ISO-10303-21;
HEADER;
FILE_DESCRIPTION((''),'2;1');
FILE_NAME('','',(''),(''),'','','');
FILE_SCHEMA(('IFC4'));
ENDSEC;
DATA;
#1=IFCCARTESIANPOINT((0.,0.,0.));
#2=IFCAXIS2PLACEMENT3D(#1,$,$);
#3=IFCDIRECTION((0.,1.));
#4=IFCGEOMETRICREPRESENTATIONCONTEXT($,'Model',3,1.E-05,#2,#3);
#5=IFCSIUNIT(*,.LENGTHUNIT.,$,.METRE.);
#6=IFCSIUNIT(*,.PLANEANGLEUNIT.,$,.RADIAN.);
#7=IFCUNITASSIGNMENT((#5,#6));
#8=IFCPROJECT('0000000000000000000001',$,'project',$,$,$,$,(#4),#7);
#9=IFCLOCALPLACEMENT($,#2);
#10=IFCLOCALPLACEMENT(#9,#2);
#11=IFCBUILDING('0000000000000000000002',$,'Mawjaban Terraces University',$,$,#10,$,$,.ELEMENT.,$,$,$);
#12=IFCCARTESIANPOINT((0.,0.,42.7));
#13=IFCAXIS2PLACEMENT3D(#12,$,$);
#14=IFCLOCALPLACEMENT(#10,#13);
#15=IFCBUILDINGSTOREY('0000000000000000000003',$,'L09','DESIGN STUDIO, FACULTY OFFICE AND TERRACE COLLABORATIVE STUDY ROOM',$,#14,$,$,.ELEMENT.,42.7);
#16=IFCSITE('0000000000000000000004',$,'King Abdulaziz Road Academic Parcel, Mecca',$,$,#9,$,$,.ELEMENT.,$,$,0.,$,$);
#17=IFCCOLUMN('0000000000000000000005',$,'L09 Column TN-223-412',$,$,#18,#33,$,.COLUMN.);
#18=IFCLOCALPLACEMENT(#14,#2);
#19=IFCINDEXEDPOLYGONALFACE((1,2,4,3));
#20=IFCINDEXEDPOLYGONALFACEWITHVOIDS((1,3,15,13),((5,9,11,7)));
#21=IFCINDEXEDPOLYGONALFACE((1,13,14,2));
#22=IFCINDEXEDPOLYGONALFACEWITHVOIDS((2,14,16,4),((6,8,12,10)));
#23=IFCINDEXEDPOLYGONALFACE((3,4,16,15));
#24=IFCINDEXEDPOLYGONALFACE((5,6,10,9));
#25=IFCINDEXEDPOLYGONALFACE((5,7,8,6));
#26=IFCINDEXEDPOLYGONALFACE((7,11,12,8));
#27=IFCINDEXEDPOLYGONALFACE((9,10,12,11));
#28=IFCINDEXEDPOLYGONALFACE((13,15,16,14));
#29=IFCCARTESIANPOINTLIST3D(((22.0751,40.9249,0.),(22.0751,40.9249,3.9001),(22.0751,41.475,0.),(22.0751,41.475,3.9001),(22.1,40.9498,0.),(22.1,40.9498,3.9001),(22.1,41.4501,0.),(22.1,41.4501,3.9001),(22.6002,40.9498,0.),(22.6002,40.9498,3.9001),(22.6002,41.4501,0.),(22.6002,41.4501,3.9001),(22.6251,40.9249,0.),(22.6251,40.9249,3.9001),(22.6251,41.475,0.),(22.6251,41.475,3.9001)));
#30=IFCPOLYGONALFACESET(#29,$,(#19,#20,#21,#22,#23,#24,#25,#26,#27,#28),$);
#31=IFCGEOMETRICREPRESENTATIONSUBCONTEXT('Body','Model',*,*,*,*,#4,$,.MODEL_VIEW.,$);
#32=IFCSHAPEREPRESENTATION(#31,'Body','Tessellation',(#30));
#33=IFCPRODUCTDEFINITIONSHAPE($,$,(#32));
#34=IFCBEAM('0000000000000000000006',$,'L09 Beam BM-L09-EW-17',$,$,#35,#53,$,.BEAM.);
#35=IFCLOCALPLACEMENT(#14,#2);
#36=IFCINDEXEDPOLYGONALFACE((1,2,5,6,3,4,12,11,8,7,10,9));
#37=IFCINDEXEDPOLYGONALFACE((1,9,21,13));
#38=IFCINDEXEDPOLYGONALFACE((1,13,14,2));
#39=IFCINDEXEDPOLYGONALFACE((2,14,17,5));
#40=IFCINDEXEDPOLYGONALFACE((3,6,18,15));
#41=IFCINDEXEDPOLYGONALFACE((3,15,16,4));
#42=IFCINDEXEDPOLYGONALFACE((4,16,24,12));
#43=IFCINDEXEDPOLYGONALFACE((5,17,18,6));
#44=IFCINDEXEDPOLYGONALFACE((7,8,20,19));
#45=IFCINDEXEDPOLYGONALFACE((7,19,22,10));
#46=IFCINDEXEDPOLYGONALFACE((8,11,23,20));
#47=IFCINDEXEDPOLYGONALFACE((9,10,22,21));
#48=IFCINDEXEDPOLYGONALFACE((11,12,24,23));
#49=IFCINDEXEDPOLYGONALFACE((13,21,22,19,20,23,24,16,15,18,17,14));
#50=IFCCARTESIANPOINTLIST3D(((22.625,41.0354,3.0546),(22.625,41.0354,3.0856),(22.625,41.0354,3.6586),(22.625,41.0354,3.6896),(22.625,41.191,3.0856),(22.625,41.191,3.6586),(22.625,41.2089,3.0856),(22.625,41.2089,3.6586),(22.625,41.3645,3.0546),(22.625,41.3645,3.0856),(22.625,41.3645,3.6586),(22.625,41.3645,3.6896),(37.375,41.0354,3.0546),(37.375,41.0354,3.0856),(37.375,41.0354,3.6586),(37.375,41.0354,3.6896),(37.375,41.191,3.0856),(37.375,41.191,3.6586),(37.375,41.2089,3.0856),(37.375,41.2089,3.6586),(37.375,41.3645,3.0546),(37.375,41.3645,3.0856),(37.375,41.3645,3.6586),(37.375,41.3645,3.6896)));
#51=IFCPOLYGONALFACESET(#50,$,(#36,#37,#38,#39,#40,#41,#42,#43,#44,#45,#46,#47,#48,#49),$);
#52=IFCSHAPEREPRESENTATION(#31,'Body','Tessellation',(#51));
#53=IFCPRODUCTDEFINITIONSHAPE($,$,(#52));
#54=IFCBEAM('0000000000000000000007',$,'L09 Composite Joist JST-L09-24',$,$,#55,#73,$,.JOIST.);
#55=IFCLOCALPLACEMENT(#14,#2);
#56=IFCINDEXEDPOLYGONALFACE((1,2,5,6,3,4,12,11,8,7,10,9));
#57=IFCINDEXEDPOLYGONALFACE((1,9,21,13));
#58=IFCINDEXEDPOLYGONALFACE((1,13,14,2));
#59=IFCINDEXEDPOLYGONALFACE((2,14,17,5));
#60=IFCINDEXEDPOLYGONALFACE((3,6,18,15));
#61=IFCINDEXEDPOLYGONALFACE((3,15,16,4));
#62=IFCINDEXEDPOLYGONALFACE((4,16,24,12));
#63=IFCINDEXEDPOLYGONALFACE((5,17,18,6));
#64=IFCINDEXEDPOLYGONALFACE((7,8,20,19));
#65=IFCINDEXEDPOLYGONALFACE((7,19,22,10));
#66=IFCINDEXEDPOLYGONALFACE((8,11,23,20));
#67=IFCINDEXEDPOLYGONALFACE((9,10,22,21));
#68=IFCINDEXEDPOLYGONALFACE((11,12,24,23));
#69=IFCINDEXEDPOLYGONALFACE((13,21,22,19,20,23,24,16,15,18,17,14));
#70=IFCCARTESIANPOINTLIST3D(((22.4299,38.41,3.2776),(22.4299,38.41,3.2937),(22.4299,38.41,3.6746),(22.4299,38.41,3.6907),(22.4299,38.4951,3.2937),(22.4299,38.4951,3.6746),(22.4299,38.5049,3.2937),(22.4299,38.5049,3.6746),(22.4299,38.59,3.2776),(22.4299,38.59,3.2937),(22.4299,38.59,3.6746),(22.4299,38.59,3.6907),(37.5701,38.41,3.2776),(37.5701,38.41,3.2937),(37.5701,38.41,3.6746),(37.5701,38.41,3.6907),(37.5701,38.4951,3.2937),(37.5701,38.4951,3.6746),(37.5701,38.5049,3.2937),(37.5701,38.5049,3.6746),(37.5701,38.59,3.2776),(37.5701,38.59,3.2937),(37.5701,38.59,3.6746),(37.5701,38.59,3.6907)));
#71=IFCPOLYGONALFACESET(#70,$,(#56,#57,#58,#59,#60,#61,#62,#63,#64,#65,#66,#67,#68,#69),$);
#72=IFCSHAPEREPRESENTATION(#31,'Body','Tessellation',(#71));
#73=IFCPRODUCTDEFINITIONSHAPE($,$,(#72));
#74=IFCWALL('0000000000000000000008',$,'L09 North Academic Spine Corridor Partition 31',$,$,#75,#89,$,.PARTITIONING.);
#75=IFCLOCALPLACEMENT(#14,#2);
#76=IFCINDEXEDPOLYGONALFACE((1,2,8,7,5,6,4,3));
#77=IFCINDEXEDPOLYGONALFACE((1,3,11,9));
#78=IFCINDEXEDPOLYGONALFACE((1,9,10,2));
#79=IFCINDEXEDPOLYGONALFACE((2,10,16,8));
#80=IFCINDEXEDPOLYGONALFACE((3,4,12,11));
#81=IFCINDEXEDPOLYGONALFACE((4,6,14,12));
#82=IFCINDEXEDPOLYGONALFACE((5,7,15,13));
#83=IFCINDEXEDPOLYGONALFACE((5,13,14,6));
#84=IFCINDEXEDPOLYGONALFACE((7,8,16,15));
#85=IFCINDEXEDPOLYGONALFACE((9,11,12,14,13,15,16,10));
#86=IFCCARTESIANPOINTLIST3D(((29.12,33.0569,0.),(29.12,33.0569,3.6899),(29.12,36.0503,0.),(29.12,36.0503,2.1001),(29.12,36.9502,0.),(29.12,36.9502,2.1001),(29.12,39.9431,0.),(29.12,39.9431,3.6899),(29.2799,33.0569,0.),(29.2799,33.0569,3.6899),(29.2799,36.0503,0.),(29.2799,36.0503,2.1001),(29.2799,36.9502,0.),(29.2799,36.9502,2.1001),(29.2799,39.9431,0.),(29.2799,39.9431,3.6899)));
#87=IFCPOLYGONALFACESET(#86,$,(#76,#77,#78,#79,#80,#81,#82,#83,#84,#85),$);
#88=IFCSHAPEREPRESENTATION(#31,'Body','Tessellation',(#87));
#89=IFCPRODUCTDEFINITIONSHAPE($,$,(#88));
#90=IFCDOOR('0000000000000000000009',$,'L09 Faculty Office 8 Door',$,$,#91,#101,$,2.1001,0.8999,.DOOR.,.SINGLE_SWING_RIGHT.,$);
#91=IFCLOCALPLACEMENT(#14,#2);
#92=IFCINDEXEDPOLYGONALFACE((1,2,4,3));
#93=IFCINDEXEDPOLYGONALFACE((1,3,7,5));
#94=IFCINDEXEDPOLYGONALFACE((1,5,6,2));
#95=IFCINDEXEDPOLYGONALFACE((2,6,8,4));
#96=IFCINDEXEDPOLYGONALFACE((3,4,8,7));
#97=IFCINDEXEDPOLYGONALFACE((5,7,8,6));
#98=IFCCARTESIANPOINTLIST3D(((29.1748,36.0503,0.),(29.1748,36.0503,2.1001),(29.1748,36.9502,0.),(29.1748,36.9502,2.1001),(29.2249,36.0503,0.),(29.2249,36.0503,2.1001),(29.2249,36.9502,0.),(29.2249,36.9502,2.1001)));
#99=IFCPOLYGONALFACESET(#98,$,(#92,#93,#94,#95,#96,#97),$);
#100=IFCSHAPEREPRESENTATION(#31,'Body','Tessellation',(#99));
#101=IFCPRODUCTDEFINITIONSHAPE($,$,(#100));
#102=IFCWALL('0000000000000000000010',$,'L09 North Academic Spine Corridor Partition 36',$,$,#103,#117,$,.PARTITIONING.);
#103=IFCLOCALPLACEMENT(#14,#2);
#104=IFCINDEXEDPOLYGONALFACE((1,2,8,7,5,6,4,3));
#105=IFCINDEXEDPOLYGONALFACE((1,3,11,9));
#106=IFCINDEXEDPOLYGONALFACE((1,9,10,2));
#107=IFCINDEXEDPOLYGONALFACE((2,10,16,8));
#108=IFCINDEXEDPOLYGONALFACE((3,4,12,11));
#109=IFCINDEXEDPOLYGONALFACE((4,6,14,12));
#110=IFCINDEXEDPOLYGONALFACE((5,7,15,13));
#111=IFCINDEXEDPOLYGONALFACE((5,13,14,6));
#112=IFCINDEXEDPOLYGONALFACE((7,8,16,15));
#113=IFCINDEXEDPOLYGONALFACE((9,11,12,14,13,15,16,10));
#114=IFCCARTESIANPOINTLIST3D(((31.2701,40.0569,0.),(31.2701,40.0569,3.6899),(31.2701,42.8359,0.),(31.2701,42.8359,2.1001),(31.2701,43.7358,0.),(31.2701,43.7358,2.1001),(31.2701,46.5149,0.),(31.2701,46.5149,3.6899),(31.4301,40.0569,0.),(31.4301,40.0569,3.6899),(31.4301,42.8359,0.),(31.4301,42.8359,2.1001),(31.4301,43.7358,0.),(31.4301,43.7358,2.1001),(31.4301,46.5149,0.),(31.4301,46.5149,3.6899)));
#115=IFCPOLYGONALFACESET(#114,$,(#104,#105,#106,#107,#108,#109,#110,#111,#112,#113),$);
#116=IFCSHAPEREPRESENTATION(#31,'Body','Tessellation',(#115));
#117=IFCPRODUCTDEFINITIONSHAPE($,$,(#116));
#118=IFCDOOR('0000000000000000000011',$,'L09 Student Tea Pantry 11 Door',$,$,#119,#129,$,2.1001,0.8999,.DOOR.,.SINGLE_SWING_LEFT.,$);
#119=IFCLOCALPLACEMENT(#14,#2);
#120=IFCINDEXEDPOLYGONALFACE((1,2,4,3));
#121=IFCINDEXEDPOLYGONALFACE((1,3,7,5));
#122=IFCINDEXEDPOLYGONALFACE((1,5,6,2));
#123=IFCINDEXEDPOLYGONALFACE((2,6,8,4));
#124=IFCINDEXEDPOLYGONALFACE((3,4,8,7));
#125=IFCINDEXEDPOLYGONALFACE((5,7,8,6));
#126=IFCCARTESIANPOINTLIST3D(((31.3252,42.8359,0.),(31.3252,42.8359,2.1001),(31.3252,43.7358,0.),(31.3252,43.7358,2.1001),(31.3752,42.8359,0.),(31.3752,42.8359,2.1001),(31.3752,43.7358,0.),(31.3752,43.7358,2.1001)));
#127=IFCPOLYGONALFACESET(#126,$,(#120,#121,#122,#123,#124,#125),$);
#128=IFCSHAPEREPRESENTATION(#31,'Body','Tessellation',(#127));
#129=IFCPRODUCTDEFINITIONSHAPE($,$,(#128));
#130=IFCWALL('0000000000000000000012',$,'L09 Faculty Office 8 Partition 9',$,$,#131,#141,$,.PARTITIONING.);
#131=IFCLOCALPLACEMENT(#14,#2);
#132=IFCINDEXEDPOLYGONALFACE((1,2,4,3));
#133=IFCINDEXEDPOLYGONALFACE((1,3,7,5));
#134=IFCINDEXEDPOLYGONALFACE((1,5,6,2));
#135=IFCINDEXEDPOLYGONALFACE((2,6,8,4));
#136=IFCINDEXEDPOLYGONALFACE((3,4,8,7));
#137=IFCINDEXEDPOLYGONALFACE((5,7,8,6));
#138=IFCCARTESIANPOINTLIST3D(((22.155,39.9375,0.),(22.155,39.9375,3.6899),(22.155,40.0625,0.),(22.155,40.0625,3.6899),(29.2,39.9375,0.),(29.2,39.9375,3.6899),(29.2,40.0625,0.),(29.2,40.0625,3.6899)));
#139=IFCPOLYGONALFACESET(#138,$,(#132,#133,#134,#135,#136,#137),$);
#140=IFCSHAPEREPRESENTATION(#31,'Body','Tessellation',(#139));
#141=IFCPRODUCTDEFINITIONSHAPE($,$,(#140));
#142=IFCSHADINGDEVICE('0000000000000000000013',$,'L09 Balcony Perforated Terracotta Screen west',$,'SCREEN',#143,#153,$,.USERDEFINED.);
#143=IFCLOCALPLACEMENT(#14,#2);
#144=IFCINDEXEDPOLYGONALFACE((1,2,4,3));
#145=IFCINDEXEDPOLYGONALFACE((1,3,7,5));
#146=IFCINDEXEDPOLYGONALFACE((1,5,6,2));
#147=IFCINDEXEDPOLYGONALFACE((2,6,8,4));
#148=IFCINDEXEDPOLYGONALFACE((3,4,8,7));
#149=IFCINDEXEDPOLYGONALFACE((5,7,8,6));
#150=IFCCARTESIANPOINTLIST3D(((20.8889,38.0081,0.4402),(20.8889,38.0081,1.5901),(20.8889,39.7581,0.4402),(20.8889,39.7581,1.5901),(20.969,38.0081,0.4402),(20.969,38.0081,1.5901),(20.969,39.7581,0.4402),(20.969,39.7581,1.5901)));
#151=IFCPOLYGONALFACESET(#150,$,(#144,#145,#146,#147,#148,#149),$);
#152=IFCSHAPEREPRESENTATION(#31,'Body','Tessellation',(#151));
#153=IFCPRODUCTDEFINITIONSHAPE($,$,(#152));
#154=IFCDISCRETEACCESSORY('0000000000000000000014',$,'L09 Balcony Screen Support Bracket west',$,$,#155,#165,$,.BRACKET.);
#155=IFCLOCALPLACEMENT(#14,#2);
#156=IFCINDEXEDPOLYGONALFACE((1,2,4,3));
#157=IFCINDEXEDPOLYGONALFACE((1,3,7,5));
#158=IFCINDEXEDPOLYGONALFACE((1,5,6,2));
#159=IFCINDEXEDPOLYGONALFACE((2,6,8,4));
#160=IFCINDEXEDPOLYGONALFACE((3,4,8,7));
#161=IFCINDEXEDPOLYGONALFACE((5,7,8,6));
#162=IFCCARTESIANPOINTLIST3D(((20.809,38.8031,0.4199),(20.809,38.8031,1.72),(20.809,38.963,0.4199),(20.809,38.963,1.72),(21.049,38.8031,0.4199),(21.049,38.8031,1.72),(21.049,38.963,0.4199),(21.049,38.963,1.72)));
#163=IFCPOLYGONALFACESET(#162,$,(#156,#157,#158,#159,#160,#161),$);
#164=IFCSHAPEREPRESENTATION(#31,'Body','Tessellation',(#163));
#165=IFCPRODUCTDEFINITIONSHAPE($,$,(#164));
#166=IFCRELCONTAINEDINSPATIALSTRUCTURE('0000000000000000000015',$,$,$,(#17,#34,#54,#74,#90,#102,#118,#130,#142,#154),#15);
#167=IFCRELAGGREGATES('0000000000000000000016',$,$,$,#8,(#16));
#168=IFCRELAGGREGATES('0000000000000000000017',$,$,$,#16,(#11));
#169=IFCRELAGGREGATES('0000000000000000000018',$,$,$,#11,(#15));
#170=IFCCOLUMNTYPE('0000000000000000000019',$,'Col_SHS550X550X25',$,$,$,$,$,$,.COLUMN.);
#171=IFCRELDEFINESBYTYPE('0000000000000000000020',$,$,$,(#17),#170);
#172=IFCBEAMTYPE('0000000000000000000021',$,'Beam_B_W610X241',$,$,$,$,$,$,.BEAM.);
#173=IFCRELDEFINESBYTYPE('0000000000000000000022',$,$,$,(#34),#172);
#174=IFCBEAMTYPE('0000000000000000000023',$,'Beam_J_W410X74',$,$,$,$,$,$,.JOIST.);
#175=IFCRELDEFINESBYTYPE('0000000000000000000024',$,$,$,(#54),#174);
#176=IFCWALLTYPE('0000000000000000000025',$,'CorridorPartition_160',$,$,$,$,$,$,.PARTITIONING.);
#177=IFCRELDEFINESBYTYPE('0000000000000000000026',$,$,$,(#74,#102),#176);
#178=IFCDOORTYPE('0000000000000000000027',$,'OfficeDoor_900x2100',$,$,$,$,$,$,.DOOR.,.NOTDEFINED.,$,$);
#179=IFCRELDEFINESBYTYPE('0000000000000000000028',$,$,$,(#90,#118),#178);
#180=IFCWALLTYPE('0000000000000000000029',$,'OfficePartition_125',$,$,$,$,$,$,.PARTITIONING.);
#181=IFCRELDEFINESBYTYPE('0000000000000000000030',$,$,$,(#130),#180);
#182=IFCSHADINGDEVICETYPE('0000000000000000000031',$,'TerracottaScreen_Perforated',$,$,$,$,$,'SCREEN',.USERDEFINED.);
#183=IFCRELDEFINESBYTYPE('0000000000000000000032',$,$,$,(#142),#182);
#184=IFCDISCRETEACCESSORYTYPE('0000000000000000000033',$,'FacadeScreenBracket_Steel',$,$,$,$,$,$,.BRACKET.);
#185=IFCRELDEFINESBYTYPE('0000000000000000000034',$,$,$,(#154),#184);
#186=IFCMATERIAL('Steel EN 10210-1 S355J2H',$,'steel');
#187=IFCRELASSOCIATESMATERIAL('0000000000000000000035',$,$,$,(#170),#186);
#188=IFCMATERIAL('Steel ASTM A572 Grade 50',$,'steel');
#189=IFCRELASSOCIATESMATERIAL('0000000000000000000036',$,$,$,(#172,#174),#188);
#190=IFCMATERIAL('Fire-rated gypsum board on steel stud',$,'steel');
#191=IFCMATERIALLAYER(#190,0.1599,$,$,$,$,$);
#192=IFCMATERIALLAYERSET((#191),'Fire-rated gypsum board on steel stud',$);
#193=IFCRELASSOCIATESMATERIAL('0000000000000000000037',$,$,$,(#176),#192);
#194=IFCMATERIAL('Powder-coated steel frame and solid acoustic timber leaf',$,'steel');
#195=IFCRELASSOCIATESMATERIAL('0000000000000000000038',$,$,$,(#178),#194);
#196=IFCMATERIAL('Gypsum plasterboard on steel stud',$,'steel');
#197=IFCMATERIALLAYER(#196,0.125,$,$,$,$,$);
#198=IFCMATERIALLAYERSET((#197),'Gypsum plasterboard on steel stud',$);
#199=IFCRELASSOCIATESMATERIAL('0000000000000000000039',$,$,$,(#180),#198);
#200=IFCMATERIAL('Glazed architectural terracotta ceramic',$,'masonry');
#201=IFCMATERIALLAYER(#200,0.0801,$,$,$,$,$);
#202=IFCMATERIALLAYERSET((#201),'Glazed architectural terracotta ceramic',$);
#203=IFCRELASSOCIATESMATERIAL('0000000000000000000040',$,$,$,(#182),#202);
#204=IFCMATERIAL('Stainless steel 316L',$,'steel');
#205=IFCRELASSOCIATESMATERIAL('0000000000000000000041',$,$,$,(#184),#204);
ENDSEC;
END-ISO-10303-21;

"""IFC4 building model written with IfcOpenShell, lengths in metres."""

from ifc_helpers import new_model, si_unit, direction, frame, frame_2d, origin, origin_2d, place, context, subcontext, project, spatial, rectangle, hollow_rectangle, i_section, extrude, material, layer, layer_set, material_profile, profile_set, type_object, element, fill, save


model = new_model("IFC4")

# Units and contexts
model_context = context("Model", 3, precision=1e-05, world=origin(), true_north=direction((0.0, 1.0)))
body_context = subcontext(model_context, "Body", "Model", "MODEL_VIEW")
ifc_project = project(units=[si_unit("LENGTHUNIT", "METRE"), si_unit("PLANEANGLEUNIT", "RADIAN")], contexts=[model_context])

# Site, building, storey
site_placement = place(None, origin())
site = spatial("IfcSite", under=ifc_project, at=site_placement, Name="King Abdulaziz Road Academic Parcel, Mecca", CompositionType="ELEMENT", RefElevation=0.0)
building_placement = place(site_placement, origin())
building = spatial("IfcBuilding", under=site, at=building_placement, Name="Mawjaban Terraces University", CompositionType="ELEMENT")
storey_placement = place(building_placement, frame((0.0, 0.0, 42.7)))
storey = spatial("IfcBuildingStorey", under=building, at=storey_placement, Name="L09", Description="DESIGN STUDIO, FACULTY OFFICE AND TERRACE COLLABORATIVE STUDY ROOM", CompositionType="ELEMENT", Elevation=42.7)

# Column
ifc_material_1 = material(Name="Steel EN 10210-1 S355J2H", Category="steel")
ifc_material_profile_1 = material_profile(ifc_material_1, hollow_rectangle(XDim=0.55, YDim=0.55, WallThickness=0.0249, at=origin_2d()), Name="SHS550X550X25")
ifc_profile_set_1 = profile_set([ifc_material_profile_1], Name="Steel EN 10210-1 S355J2H")
column_type = type_object("IfcColumnType", Name="Col_SHS550X550X25", PredefinedType="COLUMN", material=ifc_profile_set_1)
column_placement = place(storey_placement, frame((22.3501, 41.2, 0.0), z_axis=(0.0, 0.0, 1.0), x_axis=(1.0, 0.0, 0.0)))
element("IfcColumn", 1, at=column_placement, inside=storey, type_object=column_type, Name="L09 Column TN-223-412", PredefinedType="COLUMN", context=body_context, shape_type="SweptSolid", body=[
    extrude(hollow_rectangle(XDim=0.55, YDim=0.55, WallThickness=0.0249, at=origin_2d()), origin(), (0.0, 0.0, 1.0), 3.9001),
])

# Beams
ifc_material_2 = material(Name="Steel ASTM A572 Grade 50", Category="steel")
ifc_material_profile_2 = material_profile(ifc_material_2, i_section(OverallWidth=0.3291, OverallDepth=0.635, WebThickness=0.0178, FlangeThickness=0.031, at=origin_2d()), Name="W610X241")
ifc_profile_set_2 = profile_set([ifc_material_profile_2], Name="Steel ASTM A572 Grade 50")
beam_type_1 = type_object("IfcBeamType", Name="Beam_B_W610X241", PredefinedType="BEAM", material=ifc_profile_set_2)
beam_1_placement = place(storey_placement, frame((22.625, 41.2, 3.3721), z_axis=(1.0, 0.0, 0.0), x_axis=(0.0, 1.0, 0.0)))
element("IfcBeam", 2, at=beam_1_placement, inside=storey, type_object=beam_type_1, Name="L09 Beam BM-L09-EW-17", PredefinedType="BEAM", context=body_context, shape_type="SweptSolid", body=[
    extrude(i_section(OverallWidth=0.3291, OverallDepth=0.635, WebThickness=0.0178, FlangeThickness=0.031, at=origin_2d()), origin(), (0.0, 0.0, 1.0), 14.75),
])
ifc_material_profile_3 = material_profile(ifc_material_2, i_section(OverallWidth=0.1799, OverallDepth=0.4131, WebThickness=0.0098, FlangeThickness=0.0161, at=origin_2d()), Name="W410X74")
ifc_profile_set_3 = profile_set([ifc_material_profile_3], Name="Steel ASTM A572 Grade 50")
beam_type_2 = type_object("IfcBeamType", Name="Beam_J_W410X74", PredefinedType="JOIST", material=ifc_profile_set_3)
beam_2_placement = place(storey_placement, frame((22.4299, 38.5, 3.4841), z_axis=(1.0, 0.0, 0.0), x_axis=(0.0, 1.0, 0.0)))
element("IfcBeam", 3, at=beam_2_placement, inside=storey, type_object=beam_type_2, Name="L09 Composite Joist JST-L09-24", PredefinedType="JOIST", context=body_context, shape_type="SweptSolid", body=[
    extrude(i_section(OverallWidth=0.1799, OverallDepth=0.4131, WebThickness=0.0098, FlangeThickness=0.0161, at=origin_2d()), origin(), (0.0, 0.0, 1.0), 15.1401),
])

# Walls, openings, doors
ifc_material_3 = material(Name="Fire-rated gypsum board on steel stud", Category="steel")
ifc_layer_1 = layer(ifc_material_3, 0.1599)
ifc_layer_set_1 = layer_set([ifc_layer_1], Name="Fire-rated gypsum board on steel stud")
wall_type_1 = type_object("IfcWallType", Name="CorridorPartition_160", PredefinedType="PARTITIONING", material=ifc_layer_set_1)
wall_1_placement = place(storey_placement, frame((29.2, 39.9431, 0.0), z_axis=(0.0, 0.0, 1.0), x_axis=(0.0, -1.0, 0.0)))
wall_1 = element("IfcWall", 4, at=wall_1_placement, inside=storey, type_object=wall_type_1, Name="L09 North Academic Spine Corridor Partition 31", PredefinedType="PARTITIONING", context=body_context, shape_type="SweptSolid", body=[
    extrude(rectangle(XDim=6.8862, YDim=0.1599, at=frame_2d((3.4431, 0.0))), origin(), (0.0, 0.0, 1.0), 3.6899),
])
opening_1_placement = place(wall_1_placement, frame((2.9929, 0.0, 0.0)))
opening_1 = element("IfcOpeningElement", 5, at=opening_1_placement, cuts=wall_1, PredefinedType="OPENING", context=body_context, shape_type="SweptSolid", body=[
    extrude(rectangle(XDim=0.8999, YDim=2.1001, at=frame_2d((0.45, 1.05))), frame((0.0, 0.0898, 0.0), z_axis=(0.0, -1.0, 0.0), x_axis=(1.0, 0.0, 0.0)), (0.0, 0.0, 1.0), 0.1799),
])
ifc_material_4 = material(Name="Powder-coated steel frame and solid acoustic timber leaf", Category="steel")
door_type = type_object("IfcDoorType", Name="OfficeDoor_900x2100", OperationType="NOTDEFINED", PredefinedType="DOOR", material=ifc_material_4)
door_1_placement = place(opening_1_placement, origin())
door_1 = element("IfcDoor", 6, at=door_1_placement, inside=storey, type_object=door_type, Name="L09 Faculty Office 8 Door", OperationType="SINGLE_SWING_RIGHT", OverallHeight=2.1001, OverallWidth=0.8999, PredefinedType="DOOR", context=body_context, shape_type="SweptSolid", body=[
    extrude(rectangle(XDim=0.8999, YDim=2.1001, at=frame_2d((0.45, 1.05))), frame((0.0, 0.0249, 0.0), z_axis=(0.0, -1.0, 0.0), x_axis=(1.0, 0.0, 0.0)), (0.0, 0.0, 1.0), 0.05),
])
fill(opening_1, door_1)
wall_2_placement = place(storey_placement, frame((31.3501, 40.0569, 0.0), z_axis=(0.0, 0.0, 1.0), x_axis=(0.0, 1.0, 0.0)))
wall_2 = element("IfcWall", 7, at=wall_2_placement, inside=storey, type_object=wall_type_1, Name="L09 North Academic Spine Corridor Partition 36", PredefinedType="PARTITIONING", context=body_context, shape_type="SweptSolid", body=[
    extrude(rectangle(XDim=6.458, YDim=0.1599, at=frame_2d((3.229, 0.0))), origin(), (0.0, 0.0, 1.0), 3.6899),
])
opening_2_placement = place(wall_2_placement, frame((2.7791, 0.0, 0.0)))
opening_2 = element("IfcOpeningElement", 8, at=opening_2_placement, cuts=wall_2, PredefinedType="OPENING", context=body_context, shape_type="SweptSolid", body=[
    extrude(rectangle(XDim=0.8999, YDim=2.1001, at=frame_2d((0.45, 1.05))), frame((0.0, 0.0898, 0.0), z_axis=(0.0, -1.0, 0.0), x_axis=(1.0, 0.0, 0.0)), (0.0, 0.0, 1.0), 0.1799),
])
door_2_placement = place(opening_2_placement, origin())
door_2 = element("IfcDoor", 9, at=door_2_placement, inside=storey, type_object=door_type, Name="L09 Student Tea Pantry 11 Door", OperationType="SINGLE_SWING_LEFT", OverallHeight=2.1001, OverallWidth=0.8999, PredefinedType="DOOR", context=body_context, shape_type="SweptSolid", body=[
    extrude(rectangle(XDim=0.8999, YDim=2.1001, at=frame_2d((0.45, 1.05))), frame((0.0, 0.0249, 0.0), z_axis=(0.0, -1.0, 0.0), x_axis=(1.0, 0.0, 0.0)), (0.0, 0.0, 1.0), 0.05),
])
fill(opening_2, door_2)

# Wall
ifc_material_5 = material(Name="Gypsum plasterboard on steel stud", Category="steel")
ifc_layer_2 = layer(ifc_material_5, 0.125)
ifc_layer_set_2 = layer_set([ifc_layer_2], Name="Gypsum plasterboard on steel stud")
wall_type_2 = type_object("IfcWallType", Name="OfficePartition_125", PredefinedType="PARTITIONING", material=ifc_layer_set_2)
wall_3_placement = place(storey_placement, frame((29.2, 40.0, 0.0), z_axis=(0.0, 0.0, 1.0), x_axis=(-1.0, 0.0, 0.0)))
element("IfcWall", 10, at=wall_3_placement, inside=storey, type_object=wall_type_2, Name="L09 Faculty Office 8 Partition 9", PredefinedType="PARTITIONING", context=body_context, shape_type="SweptSolid", body=[
    extrude(rectangle(XDim=7.0449, YDim=0.125, at=frame_2d((3.5225, 0.0))), origin(), (0.0, 0.0, 1.0), 3.6899),
])

# Shading device
ifc_material_6 = material(Name="Glazed architectural terracotta ceramic", Category="masonry")
ifc_layer_3 = layer(ifc_material_6, 0.0801)
ifc_layer_set_3 = layer_set([ifc_layer_3], Name="Glazed architectural terracotta ceramic")
shading_device_type = type_object("IfcShadingDeviceType", Name="TerracottaScreen_Perforated", ElementType="SCREEN", PredefinedType="USERDEFINED", material=ifc_layer_set_3)
shading_device_placement = place(storey_placement, frame((20.929, 38.8831, 0.4402), z_axis=(0.0, 0.0, 1.0), x_axis=(0.0, 1.0, 0.0)))
element("IfcShadingDevice", 11, at=shading_device_placement, inside=storey, type_object=shading_device_type, Name="L09 Balcony Perforated Terracotta Screen west", ObjectType="SCREEN", PredefinedType="USERDEFINED", context=body_context, shape_type="SweptSolid", body=[
    extrude(rectangle(XDim=1.75, YDim=0.0801, at=origin_2d()), origin(), (0.0, 0.0, 1.0), 1.1499),
])

# Discrete accessory
ifc_material_7 = material(Name="Stainless steel 316L", Category="steel")
discrete_accessory_type_1 = type_object("IfcDiscreteAccessoryType", Name="FacadeScreenBracket_Steel", PredefinedType="BRACKET", material=ifc_material_7)
discrete_accessory_1_placement = place(storey_placement, frame((20.929, 38.8831, 0.4199), z_axis=(0.0, 0.0, 1.0), x_axis=(0.0, 1.0, 0.0)))
element("IfcDiscreteAccessory", 12, at=discrete_accessory_1_placement, inside=storey, type_object=discrete_accessory_type_1, Name="L09 Balcony Screen Support Bracket west", PredefinedType="BRACKET", context=body_context, shape_type="SweptSolid", body=[
    extrude(rectangle(XDim=0.1599, YDim=0.24, at=origin_2d()), origin(), (0.0, 0.0, 1.0), 1.3),
])

save(model, "model.ifc")
